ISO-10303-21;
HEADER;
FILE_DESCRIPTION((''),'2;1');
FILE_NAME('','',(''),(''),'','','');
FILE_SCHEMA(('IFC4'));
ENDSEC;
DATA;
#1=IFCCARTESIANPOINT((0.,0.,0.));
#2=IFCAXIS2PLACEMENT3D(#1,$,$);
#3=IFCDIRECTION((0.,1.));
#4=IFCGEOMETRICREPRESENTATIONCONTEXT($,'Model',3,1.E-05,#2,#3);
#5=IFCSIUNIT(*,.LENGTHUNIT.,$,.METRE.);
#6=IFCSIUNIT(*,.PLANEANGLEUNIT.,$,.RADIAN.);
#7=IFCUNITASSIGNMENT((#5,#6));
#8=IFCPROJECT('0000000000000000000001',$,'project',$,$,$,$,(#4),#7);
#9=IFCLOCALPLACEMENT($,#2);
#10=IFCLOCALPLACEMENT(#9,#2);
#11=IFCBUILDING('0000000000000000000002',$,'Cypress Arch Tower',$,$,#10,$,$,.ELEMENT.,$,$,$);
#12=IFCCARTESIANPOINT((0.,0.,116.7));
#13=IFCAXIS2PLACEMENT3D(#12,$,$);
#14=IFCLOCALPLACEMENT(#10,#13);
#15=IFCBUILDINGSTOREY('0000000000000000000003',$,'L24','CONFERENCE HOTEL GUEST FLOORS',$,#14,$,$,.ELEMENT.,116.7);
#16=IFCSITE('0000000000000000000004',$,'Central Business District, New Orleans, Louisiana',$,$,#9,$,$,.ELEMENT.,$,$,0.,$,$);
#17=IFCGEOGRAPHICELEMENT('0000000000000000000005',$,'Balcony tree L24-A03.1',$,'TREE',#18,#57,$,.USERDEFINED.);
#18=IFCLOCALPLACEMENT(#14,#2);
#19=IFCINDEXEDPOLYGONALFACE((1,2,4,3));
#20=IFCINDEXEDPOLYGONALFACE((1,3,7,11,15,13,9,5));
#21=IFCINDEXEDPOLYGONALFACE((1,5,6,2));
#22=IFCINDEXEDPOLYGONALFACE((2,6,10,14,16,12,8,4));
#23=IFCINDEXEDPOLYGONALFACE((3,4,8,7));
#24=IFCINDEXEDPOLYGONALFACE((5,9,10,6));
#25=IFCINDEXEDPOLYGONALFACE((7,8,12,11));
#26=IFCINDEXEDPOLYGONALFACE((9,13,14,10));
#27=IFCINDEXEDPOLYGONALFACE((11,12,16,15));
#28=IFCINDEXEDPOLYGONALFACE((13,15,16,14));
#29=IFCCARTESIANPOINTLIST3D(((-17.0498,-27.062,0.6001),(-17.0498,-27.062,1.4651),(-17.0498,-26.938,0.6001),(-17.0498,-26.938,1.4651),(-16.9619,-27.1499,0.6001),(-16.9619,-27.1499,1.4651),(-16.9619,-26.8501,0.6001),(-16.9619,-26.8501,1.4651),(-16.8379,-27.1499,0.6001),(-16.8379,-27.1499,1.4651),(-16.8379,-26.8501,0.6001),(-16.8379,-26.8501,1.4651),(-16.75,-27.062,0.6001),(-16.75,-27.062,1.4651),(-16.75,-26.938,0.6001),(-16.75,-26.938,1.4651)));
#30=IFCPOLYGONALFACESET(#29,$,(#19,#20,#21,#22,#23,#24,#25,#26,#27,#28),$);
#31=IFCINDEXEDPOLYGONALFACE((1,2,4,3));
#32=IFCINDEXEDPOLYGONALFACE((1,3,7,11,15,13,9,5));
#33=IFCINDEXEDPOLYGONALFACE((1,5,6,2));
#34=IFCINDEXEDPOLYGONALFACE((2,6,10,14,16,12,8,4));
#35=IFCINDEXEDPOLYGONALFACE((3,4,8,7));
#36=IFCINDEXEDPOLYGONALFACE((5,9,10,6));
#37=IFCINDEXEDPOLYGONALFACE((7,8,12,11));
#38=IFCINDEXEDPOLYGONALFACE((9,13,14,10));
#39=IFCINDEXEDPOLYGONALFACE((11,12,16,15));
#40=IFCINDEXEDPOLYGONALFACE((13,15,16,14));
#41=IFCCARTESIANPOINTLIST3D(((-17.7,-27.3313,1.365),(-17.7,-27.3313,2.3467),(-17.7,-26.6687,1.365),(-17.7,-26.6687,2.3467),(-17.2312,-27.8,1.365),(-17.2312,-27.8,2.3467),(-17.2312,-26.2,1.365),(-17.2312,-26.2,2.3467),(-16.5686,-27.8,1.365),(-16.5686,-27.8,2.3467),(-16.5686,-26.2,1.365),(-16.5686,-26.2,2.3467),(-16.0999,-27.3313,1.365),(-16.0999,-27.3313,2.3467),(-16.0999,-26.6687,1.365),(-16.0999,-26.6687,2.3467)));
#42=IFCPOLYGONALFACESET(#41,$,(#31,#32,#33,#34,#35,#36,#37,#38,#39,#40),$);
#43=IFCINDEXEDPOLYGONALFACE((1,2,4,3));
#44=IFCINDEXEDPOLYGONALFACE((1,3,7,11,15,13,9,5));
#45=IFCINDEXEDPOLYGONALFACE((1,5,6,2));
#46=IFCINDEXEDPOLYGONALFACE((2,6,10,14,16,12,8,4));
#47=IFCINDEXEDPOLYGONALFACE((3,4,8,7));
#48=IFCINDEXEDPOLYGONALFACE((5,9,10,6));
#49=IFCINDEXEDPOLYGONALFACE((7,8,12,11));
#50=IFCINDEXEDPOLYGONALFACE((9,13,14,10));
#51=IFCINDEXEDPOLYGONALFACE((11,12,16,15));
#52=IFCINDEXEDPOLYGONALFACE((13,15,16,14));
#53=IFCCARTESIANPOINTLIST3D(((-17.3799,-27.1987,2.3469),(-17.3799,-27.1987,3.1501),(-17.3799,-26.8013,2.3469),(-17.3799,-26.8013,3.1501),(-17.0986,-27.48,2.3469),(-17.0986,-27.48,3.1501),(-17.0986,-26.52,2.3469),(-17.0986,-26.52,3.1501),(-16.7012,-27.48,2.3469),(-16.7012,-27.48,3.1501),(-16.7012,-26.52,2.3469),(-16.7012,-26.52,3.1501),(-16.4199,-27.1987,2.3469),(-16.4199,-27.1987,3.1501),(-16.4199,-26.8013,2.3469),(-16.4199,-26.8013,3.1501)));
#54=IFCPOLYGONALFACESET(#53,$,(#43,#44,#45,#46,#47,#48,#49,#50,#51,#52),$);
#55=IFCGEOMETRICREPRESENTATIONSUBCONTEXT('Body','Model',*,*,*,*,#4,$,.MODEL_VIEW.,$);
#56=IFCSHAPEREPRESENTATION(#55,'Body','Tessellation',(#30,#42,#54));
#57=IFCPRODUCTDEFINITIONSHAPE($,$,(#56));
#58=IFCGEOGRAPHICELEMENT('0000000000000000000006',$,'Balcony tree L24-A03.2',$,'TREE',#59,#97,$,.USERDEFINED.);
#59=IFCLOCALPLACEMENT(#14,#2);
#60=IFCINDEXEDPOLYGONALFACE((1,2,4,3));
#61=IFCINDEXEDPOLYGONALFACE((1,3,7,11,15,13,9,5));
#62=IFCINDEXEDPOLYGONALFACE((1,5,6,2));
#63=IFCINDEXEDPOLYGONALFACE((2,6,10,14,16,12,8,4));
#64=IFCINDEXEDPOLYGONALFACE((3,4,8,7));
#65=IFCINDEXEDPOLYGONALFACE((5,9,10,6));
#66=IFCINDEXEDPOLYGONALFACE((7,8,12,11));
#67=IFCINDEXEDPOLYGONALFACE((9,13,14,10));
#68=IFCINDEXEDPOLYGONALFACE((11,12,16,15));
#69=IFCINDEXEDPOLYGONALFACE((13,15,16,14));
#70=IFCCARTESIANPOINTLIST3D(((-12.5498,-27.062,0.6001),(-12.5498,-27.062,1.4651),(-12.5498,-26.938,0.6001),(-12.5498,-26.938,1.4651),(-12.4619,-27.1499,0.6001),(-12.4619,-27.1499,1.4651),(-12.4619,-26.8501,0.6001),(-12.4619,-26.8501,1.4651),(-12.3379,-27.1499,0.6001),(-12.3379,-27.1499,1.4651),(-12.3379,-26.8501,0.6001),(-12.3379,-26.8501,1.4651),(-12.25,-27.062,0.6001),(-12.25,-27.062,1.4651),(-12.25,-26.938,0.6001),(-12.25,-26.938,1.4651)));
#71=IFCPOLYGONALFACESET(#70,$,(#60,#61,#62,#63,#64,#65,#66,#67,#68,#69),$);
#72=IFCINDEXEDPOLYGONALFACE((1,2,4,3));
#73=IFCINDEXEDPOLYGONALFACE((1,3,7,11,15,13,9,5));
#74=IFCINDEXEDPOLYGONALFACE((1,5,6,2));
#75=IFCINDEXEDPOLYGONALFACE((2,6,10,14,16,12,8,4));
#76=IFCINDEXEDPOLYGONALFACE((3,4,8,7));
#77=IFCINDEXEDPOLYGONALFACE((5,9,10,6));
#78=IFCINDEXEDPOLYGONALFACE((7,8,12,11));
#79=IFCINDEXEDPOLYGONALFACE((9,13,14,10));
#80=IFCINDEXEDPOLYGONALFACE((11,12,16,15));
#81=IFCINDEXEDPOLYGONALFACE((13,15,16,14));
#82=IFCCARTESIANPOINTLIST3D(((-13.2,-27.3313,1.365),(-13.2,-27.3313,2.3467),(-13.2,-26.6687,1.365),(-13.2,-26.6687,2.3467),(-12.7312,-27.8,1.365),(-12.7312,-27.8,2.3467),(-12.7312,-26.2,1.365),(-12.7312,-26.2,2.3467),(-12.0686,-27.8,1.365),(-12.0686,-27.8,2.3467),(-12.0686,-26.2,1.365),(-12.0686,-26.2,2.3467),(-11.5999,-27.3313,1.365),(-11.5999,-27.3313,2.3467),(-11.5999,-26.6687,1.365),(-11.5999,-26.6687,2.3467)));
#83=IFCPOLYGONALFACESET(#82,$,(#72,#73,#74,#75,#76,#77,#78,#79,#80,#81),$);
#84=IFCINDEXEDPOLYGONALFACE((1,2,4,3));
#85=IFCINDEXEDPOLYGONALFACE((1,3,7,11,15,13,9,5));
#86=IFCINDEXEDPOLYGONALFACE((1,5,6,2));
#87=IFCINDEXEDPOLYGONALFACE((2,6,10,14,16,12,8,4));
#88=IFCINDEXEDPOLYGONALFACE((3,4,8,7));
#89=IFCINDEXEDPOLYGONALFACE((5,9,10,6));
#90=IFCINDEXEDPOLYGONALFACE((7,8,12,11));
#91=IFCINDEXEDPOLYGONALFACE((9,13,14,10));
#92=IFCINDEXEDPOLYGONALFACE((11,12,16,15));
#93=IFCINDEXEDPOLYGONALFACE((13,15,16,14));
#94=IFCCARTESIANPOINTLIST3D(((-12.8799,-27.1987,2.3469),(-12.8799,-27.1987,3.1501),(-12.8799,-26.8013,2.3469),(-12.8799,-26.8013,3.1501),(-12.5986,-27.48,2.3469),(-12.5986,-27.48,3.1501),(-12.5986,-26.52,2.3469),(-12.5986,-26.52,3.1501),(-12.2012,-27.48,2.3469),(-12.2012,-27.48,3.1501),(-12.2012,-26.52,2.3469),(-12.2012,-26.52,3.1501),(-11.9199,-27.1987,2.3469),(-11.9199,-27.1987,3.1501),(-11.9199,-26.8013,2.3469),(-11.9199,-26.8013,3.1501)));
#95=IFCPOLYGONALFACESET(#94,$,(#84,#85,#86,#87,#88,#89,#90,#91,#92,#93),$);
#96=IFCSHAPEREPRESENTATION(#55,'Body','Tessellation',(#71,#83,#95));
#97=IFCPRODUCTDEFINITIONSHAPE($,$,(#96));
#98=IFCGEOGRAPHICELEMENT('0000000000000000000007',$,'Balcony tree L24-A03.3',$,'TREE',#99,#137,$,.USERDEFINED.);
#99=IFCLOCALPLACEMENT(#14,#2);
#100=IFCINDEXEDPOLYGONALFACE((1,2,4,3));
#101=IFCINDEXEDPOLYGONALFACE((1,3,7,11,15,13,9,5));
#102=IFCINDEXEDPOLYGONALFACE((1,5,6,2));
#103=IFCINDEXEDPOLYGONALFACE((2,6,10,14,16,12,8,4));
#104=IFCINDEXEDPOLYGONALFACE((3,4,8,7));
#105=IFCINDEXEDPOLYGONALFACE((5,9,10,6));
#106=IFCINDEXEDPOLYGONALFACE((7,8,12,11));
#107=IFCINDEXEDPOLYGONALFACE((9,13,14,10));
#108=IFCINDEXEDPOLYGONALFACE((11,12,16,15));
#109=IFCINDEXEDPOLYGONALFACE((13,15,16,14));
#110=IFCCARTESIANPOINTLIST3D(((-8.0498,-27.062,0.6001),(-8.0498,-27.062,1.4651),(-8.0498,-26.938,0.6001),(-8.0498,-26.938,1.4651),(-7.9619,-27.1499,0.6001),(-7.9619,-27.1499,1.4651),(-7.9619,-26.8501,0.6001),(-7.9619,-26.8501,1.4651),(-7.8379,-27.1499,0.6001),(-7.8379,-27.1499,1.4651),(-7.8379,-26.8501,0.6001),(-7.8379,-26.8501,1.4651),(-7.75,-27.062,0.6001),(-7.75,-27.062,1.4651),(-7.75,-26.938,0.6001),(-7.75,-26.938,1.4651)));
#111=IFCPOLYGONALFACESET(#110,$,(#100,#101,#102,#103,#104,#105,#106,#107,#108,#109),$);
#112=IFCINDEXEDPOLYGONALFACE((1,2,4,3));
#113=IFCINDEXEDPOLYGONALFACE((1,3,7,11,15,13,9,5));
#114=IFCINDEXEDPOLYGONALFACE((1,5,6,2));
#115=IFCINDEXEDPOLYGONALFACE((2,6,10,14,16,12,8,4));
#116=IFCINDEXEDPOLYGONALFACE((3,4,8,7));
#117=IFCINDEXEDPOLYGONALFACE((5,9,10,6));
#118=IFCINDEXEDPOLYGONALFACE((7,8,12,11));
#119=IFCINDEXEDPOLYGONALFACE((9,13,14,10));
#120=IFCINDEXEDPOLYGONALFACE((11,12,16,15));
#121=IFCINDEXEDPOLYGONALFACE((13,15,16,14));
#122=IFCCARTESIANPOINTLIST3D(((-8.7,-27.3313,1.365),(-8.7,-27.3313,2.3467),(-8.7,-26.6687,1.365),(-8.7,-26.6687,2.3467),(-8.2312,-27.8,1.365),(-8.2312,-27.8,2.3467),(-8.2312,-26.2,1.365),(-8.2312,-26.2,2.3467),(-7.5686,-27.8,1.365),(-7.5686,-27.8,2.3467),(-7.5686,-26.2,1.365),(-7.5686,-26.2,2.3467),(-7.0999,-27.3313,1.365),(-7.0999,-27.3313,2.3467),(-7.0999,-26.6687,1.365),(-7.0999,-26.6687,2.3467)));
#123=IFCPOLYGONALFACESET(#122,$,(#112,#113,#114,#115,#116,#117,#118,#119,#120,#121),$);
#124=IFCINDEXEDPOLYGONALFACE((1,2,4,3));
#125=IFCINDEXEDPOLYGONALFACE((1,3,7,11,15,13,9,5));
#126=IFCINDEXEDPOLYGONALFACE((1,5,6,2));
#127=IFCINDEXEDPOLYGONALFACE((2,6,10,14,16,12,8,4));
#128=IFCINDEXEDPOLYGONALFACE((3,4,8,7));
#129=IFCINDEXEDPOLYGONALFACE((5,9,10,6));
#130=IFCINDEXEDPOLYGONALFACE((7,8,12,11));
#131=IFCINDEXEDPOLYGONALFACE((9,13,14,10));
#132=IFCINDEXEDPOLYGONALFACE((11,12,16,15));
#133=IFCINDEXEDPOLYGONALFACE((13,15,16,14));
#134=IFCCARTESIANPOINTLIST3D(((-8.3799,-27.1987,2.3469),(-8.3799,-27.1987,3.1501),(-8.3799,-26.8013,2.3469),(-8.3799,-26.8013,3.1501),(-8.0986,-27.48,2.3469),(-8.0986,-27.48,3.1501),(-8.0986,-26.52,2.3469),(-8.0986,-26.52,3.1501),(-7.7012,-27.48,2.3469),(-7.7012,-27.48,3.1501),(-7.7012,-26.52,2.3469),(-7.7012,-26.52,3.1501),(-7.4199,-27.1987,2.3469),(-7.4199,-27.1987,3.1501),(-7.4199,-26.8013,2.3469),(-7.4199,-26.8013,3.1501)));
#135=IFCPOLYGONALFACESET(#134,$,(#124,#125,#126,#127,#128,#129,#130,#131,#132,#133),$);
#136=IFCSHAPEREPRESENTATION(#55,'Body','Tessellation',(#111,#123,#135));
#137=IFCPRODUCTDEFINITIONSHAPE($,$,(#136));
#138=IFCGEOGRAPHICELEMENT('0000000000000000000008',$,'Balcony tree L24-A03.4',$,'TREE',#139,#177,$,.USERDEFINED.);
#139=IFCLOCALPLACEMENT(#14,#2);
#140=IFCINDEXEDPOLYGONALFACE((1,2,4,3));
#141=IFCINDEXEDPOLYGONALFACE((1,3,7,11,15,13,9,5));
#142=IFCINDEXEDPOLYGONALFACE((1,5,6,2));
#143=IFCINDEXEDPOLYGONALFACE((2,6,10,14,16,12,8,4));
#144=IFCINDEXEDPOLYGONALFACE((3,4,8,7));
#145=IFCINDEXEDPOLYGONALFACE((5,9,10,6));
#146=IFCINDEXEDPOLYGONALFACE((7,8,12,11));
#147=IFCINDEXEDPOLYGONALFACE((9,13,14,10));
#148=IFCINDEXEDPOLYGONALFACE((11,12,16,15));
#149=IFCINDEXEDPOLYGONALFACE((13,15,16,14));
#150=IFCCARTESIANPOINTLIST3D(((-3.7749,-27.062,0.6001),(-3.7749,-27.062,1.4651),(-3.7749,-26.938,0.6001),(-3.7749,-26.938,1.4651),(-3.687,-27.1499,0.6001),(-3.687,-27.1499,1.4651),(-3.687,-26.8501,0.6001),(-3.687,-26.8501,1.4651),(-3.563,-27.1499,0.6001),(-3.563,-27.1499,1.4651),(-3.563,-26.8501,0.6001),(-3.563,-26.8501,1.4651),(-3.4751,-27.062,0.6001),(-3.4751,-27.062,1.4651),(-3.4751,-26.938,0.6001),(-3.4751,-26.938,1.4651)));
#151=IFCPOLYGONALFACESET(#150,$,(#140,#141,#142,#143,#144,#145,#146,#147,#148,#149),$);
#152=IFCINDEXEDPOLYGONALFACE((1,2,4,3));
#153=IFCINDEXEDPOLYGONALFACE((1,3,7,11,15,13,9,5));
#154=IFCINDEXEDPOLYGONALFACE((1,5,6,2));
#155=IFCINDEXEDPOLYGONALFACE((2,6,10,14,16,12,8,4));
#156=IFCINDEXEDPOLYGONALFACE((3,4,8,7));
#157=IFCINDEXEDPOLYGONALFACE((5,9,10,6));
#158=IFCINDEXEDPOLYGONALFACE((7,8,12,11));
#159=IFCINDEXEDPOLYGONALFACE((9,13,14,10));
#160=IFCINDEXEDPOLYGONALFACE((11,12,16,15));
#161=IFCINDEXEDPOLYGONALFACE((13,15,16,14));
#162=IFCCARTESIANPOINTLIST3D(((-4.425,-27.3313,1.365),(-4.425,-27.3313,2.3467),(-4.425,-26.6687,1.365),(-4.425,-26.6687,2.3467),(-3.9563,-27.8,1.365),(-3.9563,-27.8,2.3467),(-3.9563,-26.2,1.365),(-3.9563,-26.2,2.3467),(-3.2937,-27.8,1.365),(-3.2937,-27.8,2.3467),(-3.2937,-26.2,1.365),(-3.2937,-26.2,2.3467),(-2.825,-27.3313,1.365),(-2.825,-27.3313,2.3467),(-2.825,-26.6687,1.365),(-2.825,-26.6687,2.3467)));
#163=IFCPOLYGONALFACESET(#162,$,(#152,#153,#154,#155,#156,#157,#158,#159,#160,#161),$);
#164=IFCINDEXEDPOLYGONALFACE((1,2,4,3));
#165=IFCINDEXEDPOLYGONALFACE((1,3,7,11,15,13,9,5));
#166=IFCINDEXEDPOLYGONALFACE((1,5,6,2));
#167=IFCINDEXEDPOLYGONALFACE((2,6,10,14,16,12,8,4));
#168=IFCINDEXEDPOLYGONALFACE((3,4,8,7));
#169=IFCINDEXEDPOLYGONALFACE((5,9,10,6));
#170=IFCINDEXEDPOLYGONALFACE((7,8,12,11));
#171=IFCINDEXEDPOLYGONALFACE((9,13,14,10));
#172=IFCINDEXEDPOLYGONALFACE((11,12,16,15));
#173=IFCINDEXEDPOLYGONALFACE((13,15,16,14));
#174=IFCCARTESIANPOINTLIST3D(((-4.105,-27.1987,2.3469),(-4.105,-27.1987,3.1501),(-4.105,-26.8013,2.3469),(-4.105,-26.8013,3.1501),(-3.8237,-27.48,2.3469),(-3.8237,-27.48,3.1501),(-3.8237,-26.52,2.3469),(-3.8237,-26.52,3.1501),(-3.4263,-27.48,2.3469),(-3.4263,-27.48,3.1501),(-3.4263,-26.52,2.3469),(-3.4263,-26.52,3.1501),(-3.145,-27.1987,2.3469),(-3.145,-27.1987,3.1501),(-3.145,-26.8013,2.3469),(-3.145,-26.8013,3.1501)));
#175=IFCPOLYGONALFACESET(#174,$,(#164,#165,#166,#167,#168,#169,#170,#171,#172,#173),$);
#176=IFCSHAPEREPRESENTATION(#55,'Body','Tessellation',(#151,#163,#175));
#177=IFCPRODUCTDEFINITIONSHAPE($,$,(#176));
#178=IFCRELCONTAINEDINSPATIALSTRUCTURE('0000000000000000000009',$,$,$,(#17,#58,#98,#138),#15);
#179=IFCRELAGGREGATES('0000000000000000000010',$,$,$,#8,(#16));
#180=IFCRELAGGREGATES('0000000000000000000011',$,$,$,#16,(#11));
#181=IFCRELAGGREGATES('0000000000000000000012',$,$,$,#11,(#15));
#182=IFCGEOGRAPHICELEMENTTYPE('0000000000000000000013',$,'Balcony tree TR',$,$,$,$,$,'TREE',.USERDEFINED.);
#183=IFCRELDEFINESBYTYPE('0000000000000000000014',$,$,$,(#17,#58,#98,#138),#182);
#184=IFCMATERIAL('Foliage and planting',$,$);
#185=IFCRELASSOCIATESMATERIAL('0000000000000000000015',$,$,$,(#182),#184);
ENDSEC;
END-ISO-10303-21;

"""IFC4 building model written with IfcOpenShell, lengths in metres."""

from ifc_helpers import new_model, si_unit, direction, frame, origin, place, context, subcontext, project, spatial, polyline, outline, extrude, material, type_object, element, save


model = new_model("IFC4")

# Units and contexts
model_context = context("Model", 3, precision=1e-05, world=origin(), true_north=direction((0.0, 1.0)))
body_context = subcontext(model_context, "Body", "Model", "MODEL_VIEW")
ifc_project = project(units=[si_unit("LENGTHUNIT", "METRE"), si_unit("PLANEANGLEUNIT", "RADIAN")], contexts=[model_context])

# Site, building, storey
site_placement = place(None, origin())
site = spatial("IfcSite", under=ifc_project, at=site_placement, Name="Central Business District, New Orleans, Louisiana", CompositionType="ELEMENT", RefElevation=0.0)
building_placement = place(site_placement, origin())
building = spatial("IfcBuilding", under=site, at=building_placement, Name="Cypress Arch Tower", CompositionType="ELEMENT")
storey_placement = place(building_placement, frame((0.0, 0.0, 116.7)))
storey = spatial("IfcBuildingStorey", under=building, at=storey_placement, Name="L24", Description="CONFERENCE HOTEL GUEST FLOORS", CompositionType="ELEMENT", Elevation=116.7)

# Geographic elements
ifc_material_1 = material(Name="Foliage and planting")
geographic_element_type = type_object("IfcGeographicElementType", Name="Balcony tree TR", ElementType="TREE", PredefinedType="USERDEFINED", material=ifc_material_1)
for number, where, z_axis, x_axis, name in (
    (1, (-16.8999, -27.0, 0.6001), (0.0, 0.0, 1.0), (1.0, 0.0, 0.0), "Balcony tree L24-A03.1"),
    (2, (-12.3999, -27.0, 0.6001), (0.0, 0.0, 1.0), (1.0, 0.0, 0.0), "Balcony tree L24-A03.2"),
    (3, (-7.8999, -27.0, 0.6001), (0.0, 0.0, 1.0), (1.0, 0.0, 0.0), "Balcony tree L24-A03.3"),
    (4, (-3.625, -27.0, 0.6001), (0.0, 0.0, 1.0), (1.0, 0.0, 0.0), "Balcony tree L24-A03.4"),
):
    element("IfcGeographicElement", number, at=place(storey_placement, frame(where, z_axis=z_axis, x_axis=x_axis)), inside=storey, type_object=geographic_element_type, Name=name, ObjectType="TREE", PredefinedType="USERDEFINED", context=body_context, shape_type="SweptSolid", body=[
        extrude(outline(polyline([(0.1499, 0.062), (0.062, 0.1499), (-0.062, 0.1499), (-0.1499, 0.062), (-0.1499, -0.062), (-0.062, -0.1499), (0.062, -0.1499), (0.1499, -0.062), (0.1499, 0.062)])), origin(), (0.0, 0.0, 1.0), 0.865),
        extrude(outline(polyline([(0.8, 0.3313), (0.3313, 0.8), (-0.3313, 0.8), (-0.8, 0.3313), (-0.8, -0.3313), (-0.3313, -0.8), (0.3313, -0.8), (0.8, -0.3313), (0.8, 0.3313)])), frame((0.0, 0.0, 0.7649)), (0.0, 0.0, 1.0), 0.9817),
        extrude(outline(polyline([(0.48, 0.1987), (0.1987, 0.48), (-0.1987, 0.48), (-0.48, 0.1987), (-0.48, -0.1987), (-0.1987, -0.48), (0.1987, -0.48), (0.48, -0.1987), (0.48, 0.1987)])), frame((0.0, 0.0, 1.7468)), (0.0, 0.0, 1.0), 0.8032),
    ])

save(model, "model.ifc")
